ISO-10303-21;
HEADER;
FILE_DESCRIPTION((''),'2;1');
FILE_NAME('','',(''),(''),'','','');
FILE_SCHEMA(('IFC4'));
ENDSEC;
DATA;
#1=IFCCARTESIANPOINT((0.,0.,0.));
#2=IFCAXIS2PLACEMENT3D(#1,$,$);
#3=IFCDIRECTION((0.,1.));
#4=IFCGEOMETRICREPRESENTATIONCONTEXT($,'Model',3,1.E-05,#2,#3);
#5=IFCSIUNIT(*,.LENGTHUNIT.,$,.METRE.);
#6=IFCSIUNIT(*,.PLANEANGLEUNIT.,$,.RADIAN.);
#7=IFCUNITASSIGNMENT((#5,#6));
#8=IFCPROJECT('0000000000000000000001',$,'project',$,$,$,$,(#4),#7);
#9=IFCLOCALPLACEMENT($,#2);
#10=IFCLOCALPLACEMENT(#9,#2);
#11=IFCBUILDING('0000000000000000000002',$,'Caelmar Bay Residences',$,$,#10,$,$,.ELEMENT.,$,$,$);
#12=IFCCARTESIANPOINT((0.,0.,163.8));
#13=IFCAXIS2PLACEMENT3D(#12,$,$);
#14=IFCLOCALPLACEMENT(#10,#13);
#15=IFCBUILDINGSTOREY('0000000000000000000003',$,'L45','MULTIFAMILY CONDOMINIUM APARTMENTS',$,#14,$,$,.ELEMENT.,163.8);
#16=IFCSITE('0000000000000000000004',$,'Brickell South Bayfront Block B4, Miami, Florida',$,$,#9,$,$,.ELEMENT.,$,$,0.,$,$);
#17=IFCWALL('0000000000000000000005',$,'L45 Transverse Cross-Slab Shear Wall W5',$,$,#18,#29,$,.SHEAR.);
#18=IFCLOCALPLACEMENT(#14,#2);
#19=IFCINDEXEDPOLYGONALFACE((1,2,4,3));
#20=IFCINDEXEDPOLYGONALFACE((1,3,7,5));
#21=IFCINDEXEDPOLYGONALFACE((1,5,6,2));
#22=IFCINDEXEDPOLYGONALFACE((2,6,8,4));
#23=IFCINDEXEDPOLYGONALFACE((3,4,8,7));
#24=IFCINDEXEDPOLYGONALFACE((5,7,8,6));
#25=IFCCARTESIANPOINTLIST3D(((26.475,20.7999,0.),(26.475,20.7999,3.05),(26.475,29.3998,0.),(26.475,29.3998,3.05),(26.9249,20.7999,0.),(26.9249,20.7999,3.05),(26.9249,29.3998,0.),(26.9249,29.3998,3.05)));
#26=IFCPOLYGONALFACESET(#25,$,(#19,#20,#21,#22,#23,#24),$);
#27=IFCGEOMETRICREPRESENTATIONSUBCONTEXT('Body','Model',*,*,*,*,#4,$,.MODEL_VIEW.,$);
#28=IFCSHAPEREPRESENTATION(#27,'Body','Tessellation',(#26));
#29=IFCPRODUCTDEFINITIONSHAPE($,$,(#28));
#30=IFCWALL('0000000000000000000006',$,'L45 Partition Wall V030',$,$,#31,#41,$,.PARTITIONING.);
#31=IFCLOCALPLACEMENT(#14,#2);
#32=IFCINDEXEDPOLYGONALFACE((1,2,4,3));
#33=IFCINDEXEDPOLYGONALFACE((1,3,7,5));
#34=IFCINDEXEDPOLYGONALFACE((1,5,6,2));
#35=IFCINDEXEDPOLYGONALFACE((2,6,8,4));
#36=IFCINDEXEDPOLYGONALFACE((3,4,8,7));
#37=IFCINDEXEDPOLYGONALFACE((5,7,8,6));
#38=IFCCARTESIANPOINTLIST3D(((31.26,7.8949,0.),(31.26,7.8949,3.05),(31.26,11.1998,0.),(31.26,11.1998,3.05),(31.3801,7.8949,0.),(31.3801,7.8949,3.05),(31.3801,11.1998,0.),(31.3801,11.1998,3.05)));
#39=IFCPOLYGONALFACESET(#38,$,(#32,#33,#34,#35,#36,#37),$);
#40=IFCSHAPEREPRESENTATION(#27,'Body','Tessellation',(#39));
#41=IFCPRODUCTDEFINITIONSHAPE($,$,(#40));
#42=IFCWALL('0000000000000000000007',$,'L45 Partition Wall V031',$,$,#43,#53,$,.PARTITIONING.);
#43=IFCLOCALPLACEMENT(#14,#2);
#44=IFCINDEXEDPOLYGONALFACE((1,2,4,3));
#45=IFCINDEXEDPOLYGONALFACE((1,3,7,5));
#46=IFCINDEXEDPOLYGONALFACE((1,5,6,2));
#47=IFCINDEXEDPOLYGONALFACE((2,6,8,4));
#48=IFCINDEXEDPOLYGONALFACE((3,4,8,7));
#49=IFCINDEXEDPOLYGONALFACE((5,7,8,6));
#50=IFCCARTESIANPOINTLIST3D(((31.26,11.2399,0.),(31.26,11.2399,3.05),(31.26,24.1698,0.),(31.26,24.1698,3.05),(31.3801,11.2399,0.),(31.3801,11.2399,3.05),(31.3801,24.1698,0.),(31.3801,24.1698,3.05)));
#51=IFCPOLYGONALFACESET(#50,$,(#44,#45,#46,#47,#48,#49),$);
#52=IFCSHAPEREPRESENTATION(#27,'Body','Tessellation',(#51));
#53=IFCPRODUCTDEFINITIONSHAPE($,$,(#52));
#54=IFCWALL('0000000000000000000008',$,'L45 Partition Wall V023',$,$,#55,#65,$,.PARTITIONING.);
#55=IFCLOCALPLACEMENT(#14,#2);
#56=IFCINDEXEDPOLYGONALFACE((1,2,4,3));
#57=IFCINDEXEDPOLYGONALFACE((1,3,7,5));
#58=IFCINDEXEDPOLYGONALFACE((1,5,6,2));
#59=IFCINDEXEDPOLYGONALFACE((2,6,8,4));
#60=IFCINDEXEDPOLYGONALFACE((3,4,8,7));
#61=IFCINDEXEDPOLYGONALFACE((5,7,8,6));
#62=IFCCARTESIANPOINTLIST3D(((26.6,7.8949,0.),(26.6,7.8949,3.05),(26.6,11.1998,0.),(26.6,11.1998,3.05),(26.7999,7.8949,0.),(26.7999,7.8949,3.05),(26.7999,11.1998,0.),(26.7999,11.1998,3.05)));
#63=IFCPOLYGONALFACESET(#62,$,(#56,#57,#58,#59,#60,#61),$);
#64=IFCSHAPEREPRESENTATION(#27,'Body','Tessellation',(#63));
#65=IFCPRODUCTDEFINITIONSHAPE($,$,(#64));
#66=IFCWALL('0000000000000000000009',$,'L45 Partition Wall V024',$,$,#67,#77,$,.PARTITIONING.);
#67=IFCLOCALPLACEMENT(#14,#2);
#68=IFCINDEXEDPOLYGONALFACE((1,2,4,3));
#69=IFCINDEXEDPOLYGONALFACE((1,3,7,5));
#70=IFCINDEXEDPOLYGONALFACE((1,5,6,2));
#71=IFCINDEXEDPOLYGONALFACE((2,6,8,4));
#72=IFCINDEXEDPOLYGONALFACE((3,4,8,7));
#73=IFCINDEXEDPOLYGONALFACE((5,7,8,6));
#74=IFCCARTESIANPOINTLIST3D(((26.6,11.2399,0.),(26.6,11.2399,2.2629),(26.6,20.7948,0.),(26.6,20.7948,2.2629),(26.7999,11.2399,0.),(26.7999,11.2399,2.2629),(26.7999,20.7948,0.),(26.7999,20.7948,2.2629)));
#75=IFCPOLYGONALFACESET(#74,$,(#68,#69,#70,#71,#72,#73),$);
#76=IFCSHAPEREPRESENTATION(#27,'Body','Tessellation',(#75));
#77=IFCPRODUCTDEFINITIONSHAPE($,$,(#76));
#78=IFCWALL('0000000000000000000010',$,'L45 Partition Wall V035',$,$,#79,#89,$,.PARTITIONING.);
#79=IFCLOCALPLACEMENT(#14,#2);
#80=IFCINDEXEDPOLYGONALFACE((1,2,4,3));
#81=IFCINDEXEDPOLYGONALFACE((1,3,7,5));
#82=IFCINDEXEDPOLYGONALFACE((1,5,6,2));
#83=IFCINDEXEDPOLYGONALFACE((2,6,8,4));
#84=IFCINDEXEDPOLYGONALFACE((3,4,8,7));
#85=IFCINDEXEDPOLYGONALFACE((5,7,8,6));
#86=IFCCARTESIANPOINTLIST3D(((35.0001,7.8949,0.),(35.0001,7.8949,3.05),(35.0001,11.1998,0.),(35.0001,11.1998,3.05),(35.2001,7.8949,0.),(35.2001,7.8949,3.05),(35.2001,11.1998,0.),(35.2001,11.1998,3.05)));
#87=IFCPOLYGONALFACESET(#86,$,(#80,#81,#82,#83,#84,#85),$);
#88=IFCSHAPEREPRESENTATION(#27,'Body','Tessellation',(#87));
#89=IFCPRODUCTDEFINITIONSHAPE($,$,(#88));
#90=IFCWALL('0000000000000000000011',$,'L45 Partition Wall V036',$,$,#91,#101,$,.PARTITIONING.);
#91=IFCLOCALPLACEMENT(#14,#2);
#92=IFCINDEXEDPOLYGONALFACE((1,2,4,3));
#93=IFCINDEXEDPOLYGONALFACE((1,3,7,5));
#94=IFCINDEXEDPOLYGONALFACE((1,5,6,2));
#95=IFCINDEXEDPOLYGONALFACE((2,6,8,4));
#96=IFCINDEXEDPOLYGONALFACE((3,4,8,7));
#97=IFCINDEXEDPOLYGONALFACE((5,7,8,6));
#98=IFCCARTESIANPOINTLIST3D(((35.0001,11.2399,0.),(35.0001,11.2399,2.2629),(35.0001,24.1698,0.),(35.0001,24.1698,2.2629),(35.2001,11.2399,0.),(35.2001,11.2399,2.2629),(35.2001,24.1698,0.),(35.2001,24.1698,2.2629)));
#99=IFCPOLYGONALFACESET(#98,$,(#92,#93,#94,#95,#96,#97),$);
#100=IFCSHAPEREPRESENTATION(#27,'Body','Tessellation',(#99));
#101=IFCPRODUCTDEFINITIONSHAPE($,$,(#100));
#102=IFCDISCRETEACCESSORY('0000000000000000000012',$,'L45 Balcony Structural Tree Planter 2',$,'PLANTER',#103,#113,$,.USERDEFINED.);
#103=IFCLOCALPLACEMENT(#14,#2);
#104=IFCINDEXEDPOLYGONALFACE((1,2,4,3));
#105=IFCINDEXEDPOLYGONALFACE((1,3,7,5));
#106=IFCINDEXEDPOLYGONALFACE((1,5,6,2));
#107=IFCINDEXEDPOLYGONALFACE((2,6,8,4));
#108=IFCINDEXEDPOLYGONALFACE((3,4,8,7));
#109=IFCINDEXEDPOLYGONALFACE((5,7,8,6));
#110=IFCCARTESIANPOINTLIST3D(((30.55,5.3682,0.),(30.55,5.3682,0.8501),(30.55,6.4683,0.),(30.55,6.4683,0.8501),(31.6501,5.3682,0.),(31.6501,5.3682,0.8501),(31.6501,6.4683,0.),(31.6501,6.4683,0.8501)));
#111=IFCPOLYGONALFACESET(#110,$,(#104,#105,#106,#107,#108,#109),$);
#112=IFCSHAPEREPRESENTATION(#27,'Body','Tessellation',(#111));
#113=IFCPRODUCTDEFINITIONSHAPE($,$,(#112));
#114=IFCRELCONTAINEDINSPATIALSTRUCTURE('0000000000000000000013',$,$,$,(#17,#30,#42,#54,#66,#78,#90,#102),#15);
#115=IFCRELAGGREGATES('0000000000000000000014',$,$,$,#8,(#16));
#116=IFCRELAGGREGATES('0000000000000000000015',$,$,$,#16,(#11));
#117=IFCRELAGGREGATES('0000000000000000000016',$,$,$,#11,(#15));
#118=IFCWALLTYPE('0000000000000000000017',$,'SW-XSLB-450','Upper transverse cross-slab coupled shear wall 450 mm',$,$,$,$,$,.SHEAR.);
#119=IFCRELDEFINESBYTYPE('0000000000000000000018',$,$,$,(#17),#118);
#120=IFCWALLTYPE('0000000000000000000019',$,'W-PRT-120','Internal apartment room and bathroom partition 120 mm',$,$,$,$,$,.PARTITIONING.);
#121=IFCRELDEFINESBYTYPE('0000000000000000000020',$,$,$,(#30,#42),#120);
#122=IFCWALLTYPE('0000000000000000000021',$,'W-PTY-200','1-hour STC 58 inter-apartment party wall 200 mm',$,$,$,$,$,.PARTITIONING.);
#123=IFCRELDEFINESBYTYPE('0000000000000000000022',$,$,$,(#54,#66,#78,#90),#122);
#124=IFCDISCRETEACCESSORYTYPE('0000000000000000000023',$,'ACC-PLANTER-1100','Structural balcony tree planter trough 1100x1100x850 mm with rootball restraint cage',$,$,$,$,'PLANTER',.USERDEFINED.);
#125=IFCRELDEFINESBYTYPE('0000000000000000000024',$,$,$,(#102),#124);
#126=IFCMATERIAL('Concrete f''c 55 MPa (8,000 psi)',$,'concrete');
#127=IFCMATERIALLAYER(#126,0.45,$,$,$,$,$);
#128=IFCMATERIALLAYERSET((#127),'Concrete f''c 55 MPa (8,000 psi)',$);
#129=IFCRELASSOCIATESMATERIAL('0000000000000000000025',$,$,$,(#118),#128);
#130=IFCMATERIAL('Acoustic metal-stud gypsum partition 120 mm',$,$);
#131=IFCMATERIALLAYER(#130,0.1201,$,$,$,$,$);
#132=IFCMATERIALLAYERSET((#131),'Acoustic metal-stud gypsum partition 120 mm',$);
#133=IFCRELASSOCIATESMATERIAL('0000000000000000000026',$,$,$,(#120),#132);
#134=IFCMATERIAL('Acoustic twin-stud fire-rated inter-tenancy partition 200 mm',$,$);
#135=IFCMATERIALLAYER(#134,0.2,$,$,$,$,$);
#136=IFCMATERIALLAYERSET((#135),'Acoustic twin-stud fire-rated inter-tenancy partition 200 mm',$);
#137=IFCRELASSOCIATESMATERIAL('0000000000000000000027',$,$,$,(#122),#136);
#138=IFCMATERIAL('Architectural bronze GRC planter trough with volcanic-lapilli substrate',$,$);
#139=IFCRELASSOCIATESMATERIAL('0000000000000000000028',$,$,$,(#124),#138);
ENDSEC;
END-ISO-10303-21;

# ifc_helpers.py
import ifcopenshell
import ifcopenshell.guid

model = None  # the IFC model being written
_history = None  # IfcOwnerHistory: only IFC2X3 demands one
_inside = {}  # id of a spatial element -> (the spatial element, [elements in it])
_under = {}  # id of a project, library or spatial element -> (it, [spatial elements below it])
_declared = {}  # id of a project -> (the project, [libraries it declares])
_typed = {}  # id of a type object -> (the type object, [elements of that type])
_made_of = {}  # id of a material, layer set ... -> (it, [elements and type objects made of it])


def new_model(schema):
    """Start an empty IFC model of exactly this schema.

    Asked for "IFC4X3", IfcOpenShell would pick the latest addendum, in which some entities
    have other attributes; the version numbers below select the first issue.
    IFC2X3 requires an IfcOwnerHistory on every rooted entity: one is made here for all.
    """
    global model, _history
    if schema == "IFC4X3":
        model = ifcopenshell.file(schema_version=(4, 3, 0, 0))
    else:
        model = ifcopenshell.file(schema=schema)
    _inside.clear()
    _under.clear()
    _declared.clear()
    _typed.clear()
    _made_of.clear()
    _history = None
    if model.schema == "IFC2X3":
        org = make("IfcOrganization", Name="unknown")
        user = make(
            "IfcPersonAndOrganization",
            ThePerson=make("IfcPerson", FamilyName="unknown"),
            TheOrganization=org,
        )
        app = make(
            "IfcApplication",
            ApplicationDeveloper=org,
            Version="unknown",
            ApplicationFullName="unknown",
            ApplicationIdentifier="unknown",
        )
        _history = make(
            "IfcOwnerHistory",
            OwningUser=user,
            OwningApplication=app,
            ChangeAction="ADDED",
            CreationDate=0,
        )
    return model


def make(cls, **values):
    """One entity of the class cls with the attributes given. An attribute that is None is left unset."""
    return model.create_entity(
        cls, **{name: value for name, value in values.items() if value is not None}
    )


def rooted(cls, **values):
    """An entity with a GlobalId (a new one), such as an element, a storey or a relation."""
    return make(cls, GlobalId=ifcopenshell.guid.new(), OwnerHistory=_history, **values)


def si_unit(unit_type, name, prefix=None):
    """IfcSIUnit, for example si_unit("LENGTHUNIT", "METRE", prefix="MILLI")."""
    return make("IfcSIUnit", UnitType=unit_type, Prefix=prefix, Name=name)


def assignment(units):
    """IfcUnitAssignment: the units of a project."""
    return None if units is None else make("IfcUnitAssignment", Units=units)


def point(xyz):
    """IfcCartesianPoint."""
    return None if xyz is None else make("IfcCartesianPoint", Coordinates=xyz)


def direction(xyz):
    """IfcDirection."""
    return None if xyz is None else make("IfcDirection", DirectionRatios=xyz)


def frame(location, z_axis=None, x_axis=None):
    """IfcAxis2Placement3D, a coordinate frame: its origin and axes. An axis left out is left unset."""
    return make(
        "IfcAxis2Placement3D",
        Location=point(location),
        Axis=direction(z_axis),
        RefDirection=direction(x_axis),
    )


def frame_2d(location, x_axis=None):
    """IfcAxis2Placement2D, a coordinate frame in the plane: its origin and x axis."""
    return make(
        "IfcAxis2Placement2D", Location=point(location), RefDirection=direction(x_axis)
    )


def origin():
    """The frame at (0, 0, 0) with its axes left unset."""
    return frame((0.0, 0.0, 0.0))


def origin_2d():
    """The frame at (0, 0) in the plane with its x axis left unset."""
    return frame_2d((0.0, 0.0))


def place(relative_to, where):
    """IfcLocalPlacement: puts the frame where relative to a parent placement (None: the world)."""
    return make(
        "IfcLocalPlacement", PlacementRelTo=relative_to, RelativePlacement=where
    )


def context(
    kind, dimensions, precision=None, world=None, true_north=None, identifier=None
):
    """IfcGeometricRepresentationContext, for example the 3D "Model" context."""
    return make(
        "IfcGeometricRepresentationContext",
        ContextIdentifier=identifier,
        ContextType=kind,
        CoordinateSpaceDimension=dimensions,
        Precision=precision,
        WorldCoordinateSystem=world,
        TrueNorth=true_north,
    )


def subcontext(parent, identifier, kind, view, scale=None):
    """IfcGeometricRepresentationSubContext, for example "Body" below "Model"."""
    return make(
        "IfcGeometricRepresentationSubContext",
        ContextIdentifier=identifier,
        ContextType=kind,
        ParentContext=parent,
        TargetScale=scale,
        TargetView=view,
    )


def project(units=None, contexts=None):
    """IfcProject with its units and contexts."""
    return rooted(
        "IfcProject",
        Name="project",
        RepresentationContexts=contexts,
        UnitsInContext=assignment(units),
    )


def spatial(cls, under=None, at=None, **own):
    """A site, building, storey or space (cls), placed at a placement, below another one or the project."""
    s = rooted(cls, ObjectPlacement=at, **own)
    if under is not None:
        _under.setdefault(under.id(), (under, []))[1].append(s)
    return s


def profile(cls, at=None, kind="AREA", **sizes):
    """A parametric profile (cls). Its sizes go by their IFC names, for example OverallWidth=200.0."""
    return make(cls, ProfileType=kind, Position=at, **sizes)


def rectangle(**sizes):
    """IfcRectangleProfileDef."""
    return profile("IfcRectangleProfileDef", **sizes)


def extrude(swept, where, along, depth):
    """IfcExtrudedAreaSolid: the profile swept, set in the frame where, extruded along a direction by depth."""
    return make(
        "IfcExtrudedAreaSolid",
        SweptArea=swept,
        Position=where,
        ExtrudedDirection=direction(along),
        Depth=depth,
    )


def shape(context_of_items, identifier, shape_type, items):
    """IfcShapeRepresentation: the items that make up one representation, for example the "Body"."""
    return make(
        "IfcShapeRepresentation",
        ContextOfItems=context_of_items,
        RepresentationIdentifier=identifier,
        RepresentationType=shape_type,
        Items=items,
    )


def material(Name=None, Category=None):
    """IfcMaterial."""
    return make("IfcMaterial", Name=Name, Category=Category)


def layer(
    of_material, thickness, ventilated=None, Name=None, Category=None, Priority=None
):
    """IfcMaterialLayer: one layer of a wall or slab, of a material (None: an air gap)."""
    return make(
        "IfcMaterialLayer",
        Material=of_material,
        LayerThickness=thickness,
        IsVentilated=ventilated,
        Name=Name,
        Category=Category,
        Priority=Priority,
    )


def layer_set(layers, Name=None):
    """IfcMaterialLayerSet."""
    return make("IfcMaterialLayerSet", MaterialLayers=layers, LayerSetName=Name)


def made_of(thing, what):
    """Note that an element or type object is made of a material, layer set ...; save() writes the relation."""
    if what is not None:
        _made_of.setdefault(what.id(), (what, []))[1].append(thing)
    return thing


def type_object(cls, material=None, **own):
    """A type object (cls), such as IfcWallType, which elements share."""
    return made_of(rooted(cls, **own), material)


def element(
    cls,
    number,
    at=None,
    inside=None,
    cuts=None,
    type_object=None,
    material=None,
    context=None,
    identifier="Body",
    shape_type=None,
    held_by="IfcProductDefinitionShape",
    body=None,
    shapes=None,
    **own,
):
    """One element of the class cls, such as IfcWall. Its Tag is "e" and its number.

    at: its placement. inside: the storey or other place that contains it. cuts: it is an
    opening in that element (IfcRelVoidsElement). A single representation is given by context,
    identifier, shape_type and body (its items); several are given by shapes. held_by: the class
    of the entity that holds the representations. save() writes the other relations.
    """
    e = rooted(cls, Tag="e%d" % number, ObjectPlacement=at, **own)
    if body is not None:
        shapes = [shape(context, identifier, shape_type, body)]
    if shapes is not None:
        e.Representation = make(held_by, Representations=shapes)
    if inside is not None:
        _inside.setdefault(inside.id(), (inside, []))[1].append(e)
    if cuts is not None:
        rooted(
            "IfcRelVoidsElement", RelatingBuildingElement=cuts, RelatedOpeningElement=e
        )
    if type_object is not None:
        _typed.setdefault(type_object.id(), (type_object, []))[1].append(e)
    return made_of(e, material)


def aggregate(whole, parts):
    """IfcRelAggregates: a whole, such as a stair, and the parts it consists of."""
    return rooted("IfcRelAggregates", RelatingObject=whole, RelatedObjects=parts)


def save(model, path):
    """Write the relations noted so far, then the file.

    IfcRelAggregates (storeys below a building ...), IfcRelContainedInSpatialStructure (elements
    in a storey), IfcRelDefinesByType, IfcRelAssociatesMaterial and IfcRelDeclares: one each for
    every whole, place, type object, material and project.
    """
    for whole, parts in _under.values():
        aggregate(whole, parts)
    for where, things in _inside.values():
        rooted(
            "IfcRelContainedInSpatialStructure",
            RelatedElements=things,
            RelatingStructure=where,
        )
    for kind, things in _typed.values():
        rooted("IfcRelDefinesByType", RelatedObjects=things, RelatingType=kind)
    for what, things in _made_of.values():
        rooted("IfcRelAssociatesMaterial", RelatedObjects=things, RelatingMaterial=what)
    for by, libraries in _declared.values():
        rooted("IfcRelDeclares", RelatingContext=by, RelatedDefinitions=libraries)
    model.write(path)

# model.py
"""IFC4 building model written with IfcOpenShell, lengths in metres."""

from ifc_helpers import new_model, si_unit, direction, frame, frame_2d, origin, origin_2d, place, context, subcontext, project, spatial, rectangle, extrude, material, layer, layer_set, type_object, element, save


model = new_model("IFC4")

# Units and contexts
model_context = context("Model", 3, precision=1e-05, world=origin(), true_north=direction((0.0, 1.0)))
body_context = subcontext(model_context, "Body", "Model", "MODEL_VIEW")
ifc_project = project(units=[si_unit("LENGTHUNIT", "METRE"), si_unit("PLANEANGLEUNIT", "RADIAN")], contexts=[model_context])

# Site, building, storey
site_placement = place(None, origin())
site = spatial("IfcSite", under=ifc_project, at=site_placement, Name="Brickell South Bayfront Block B4, Miami, Florida", CompositionType="ELEMENT", RefElevation=0.0)
building_placement = place(site_placement, origin())
building = spatial("IfcBuilding", under=site, at=building_placement, Name="Caelmar Bay Residences", CompositionType="ELEMENT")
storey_placement = place(building_placement, frame((0.0, 0.0, 163.8)))
storey = spatial("IfcBuildingStorey", under=building, at=storey_placement, Name="L45", Description="MULTIFAMILY CONDOMINIUM APARTMENTS", CompositionType="ELEMENT", Elevation=163.8)

# Shared definitions
ifc_material_1 = material(Name="Concrete f'c 55 MPa (8,000 psi)", Category="concrete")

# Walls
ifc_layer_1 = layer(ifc_material_1, 0.45)
ifc_layer_set_1 = layer_set([ifc_layer_1], Name="Concrete f'c 55 MPa (8,000 psi)")
wall_type_1 = type_object("IfcWallType", Name="SW-XSLB-450", Description="Upper transverse cross-slab coupled shear wall 450 mm", PredefinedType="SHEAR", material=ifc_layer_set_1)
wall_1_placement = place(storey_placement, frame((26.7, 20.8, 0.0), z_axis=(0.0, 0.0, 1.0), x_axis=(0.0, 1.0, 0.0)))
element("IfcWall", 1, at=wall_1_placement, inside=storey, type_object=wall_type_1, Name="L45 Transverse Cross-Slab Shear Wall W5", PredefinedType="SHEAR", context=body_context, shape_type="SweptSolid", body=[
    extrude(rectangle(XDim=8.5999, YDim=0.45, at=frame_2d((4.2998, 0.0))), origin(), (0.0, 0.0, 1.0), 3.05),
])
ifc_material_2 = material(Name="Acoustic metal-stud gypsum partition 120 mm")
ifc_layer_2 = layer(ifc_material_2, 0.1201)
ifc_layer_set_2 = layer_set([ifc_layer_2], Name="Acoustic metal-stud gypsum partition 120 mm")
wall_type_2 = type_object("IfcWallType", Name="W-PRT-120", Description="Internal apartment room and bathroom partition 120 mm", PredefinedType="PARTITIONING", material=ifc_layer_set_2)
wall_2_placement = place(storey_placement, frame((31.3201, 7.895, 0.0), z_axis=(0.0, 0.0, 1.0), x_axis=(0.0, 1.0, 0.0)))
element("IfcWall", 2, at=wall_2_placement, inside=storey, type_object=wall_type_2, Name="L45 Partition Wall V030", PredefinedType="PARTITIONING", context=body_context, shape_type="SweptSolid", body=[
    extrude(rectangle(XDim=3.3049, YDim=0.1201, at=frame_2d((1.6523, 0.0))), origin(), (0.0, 0.0, 1.0), 3.05),
])
wall_3_placement = place(storey_placement, frame((31.3201, 11.24, 0.0), z_axis=(0.0, 0.0, 1.0), x_axis=(0.0, 1.0, 0.0)))
element("IfcWall", 3, at=wall_3_placement, inside=storey, type_object=wall_type_2, Name="L45 Partition Wall V031", PredefinedType="PARTITIONING", context=body_context, shape_type="SweptSolid", body=[
    extrude(rectangle(XDim=12.9299, YDim=0.1201, at=frame_2d((6.4648, 0.0))), origin(), (0.0, 0.0, 1.0), 3.05),
])

# Walls
ifc_material_3 = material(Name="Acoustic twin-stud fire-rated inter-tenancy partition 200 mm")
ifc_layer_3 = layer(ifc_material_3, 0.2)
ifc_layer_set_3 = layer_set([ifc_layer_3], Name="Acoustic twin-stud fire-rated inter-tenancy partition 200 mm")
wall_type_3 = type_object("IfcWallType", Name="W-PTY-200", Description="1-hour STC 58 inter-apartment party wall 200 mm", PredefinedType="PARTITIONING", material=ifc_layer_set_3)
wall_4_placement = place(storey_placement, frame((26.7, 7.895, 0.0), z_axis=(0.0, 0.0, 1.0), x_axis=(0.0, 1.0, 0.0)))
element("IfcWall", 4, at=wall_4_placement, inside=storey, type_object=wall_type_3, Name="L45 Partition Wall V023", PredefinedType="PARTITIONING", context=body_context, shape_type="SweptSolid", body=[
    extrude(rectangle(XDim=3.3049, YDim=0.2, at=frame_2d((1.6523, 0.0))), origin(), (0.0, 0.0, 1.0), 3.05),
])
wall_5_placement = place(storey_placement, frame((26.7, 11.24, 0.0), z_axis=(0.0, 0.0, 1.0), x_axis=(0.0, 1.0, 0.0)))
element("IfcWall", 5, at=wall_5_placement, inside=storey, type_object=wall_type_3, Name="L45 Partition Wall V024", PredefinedType="PARTITIONING", context=body_context, shape_type="SweptSolid", body=[
    extrude(rectangle(XDim=9.5549, YDim=0.2, at=frame_2d((4.7773, 0.0))), origin(), (0.0, 0.0, 1.0), 2.2629),
])
wall_6_placement = place(storey_placement, frame((35.1001, 7.895, 0.0), z_axis=(0.0, 0.0, 1.0), x_axis=(0.0, 1.0, 0.0)))
element("IfcWall", 6, at=wall_6_placement, inside=storey, type_object=wall_type_3, Name="L45 Partition Wall V035", PredefinedType="PARTITIONING", context=body_context, shape_type="SweptSolid", body=[
    extrude(rectangle(XDim=3.3049, YDim=0.2, at=frame_2d((1.6523, 0.0))), origin(), (0.0, 0.0, 1.0), 3.05),
])
wall_7_placement = place(storey_placement, frame((35.1001, 11.24, 0.0), z_axis=(0.0, 0.0, 1.0), x_axis=(0.0, 1.0, 0.0)))
element("IfcWall", 7, at=wall_7_placement, inside=storey, type_object=wall_type_3, Name="L45 Partition Wall V036", PredefinedType="PARTITIONING", context=body_context, shape_type="SweptSolid", body=[
    extrude(rectangle(XDim=12.9299, YDim=0.2, at=frame_2d((6.4648, 0.0))), origin(), (0.0, 0.0, 1.0), 2.2629),
])

# Discrete accessory
ifc_material_4 = material(Name="Architectural bronze GRC planter trough with volcanic-lapilli substrate")
discrete_accessory_type = type_object("IfcDiscreteAccessoryType", Name="ACC-PLANTER-1100", Description="Structural balcony tree planter trough 1100x1100x850 mm with rootball restraint cage", ElementType="PLANTER", PredefinedType="USERDEFINED", material=ifc_material_4)
discrete_accessory_placement = place(storey_placement, frame((31.1001, 5.9182, 0.0), z_axis=(0.0, 0.0, 1.0), x_axis=(1.0, 0.0, 0.0)))
element("IfcDiscreteAccessory", 8, at=discrete_accessory_placement, inside=storey, type_object=discrete_accessory_type, Name="L45 Balcony Structural Tree Planter 2", ObjectType="PLANTER", PredefinedType="USERDEFINED", context=body_context, shape_type="SweptSolid", body=[
    extrude(rectangle(XDim=1.1001, YDim=1.1001, at=origin_2d()), origin(), (0.0, 0.0, 1.0), 0.8501),
])

save(model, "model.ifc")
